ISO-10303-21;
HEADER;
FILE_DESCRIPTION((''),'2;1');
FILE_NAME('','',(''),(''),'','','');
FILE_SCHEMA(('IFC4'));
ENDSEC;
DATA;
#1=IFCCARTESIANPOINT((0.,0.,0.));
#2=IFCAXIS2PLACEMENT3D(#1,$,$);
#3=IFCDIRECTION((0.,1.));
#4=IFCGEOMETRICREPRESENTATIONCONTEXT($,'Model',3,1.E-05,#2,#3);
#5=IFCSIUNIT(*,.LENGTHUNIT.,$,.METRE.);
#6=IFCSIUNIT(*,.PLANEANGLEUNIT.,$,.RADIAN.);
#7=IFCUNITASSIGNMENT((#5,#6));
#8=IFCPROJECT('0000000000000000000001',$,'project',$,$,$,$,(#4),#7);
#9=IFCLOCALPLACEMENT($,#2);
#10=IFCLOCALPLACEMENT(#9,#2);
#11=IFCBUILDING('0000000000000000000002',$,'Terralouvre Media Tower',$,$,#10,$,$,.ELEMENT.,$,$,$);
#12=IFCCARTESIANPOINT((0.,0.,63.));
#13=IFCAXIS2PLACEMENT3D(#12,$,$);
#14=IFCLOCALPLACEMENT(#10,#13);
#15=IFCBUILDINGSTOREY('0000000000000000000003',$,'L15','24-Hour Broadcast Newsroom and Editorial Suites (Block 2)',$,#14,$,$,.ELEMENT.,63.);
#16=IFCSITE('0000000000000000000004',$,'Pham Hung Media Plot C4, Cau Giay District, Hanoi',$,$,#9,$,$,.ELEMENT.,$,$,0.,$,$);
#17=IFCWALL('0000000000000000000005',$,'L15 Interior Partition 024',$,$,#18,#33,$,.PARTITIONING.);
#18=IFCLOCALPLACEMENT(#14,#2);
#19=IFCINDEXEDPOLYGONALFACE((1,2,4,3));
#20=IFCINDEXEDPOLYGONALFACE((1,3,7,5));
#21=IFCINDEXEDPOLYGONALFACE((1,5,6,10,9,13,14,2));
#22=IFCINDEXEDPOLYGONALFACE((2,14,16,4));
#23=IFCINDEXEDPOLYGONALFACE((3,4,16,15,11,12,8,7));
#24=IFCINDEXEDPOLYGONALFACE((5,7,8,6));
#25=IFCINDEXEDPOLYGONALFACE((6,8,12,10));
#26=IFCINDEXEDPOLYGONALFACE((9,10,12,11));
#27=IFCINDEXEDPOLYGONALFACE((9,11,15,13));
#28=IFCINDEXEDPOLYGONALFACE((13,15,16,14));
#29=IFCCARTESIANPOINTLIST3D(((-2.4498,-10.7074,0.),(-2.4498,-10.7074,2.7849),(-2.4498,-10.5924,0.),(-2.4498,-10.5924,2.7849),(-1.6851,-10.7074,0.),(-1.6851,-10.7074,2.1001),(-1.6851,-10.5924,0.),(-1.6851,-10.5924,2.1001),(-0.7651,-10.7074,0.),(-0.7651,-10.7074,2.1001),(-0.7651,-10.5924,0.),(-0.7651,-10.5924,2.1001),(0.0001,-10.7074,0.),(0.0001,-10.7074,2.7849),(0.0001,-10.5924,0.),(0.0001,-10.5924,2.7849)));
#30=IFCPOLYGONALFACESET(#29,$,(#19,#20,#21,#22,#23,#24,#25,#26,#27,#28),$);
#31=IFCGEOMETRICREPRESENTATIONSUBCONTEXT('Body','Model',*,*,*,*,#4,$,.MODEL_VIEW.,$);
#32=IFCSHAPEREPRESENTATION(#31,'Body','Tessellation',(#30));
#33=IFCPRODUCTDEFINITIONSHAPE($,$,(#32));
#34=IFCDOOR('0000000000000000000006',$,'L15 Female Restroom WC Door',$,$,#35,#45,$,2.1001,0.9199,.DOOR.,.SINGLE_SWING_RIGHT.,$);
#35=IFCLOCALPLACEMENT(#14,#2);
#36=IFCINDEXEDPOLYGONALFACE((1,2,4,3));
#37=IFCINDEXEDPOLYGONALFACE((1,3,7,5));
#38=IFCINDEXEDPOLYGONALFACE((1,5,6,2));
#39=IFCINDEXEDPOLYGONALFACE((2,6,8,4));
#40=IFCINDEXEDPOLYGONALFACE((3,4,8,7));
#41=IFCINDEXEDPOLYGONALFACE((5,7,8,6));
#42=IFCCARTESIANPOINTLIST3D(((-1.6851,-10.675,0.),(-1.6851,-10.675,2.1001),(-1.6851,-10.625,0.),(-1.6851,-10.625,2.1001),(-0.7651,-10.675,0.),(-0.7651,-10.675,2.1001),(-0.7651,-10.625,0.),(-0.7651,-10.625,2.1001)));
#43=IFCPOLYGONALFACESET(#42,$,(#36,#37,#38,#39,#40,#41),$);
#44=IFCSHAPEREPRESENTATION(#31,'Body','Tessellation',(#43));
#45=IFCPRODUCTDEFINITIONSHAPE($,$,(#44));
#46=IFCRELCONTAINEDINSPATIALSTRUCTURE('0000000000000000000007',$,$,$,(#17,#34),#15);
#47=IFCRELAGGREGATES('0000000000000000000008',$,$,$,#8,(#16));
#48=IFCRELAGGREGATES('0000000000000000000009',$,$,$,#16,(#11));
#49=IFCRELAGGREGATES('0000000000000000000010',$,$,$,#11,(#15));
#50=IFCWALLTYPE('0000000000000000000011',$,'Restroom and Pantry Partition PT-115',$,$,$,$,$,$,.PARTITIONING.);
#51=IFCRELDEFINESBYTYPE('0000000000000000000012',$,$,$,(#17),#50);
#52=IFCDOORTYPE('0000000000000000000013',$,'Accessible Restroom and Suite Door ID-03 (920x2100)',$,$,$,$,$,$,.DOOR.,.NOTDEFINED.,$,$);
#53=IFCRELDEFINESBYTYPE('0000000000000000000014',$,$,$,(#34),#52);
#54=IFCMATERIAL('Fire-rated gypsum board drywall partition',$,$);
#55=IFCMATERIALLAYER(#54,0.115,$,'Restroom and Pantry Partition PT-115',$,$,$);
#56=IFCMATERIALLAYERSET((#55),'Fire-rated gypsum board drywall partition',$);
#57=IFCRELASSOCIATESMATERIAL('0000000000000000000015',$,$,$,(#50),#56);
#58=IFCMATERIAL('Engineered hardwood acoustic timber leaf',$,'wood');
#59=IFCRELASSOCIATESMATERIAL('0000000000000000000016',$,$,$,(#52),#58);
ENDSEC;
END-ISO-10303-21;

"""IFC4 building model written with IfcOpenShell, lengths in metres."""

from ifc_helpers import new_model, si_unit, direction, frame, frame_2d, origin, place, context, subcontext, project, spatial, rectangle, extrude, material, layer, layer_set, type_object, element, fill, save


model = new_model("IFC4")

# Units and contexts
model_context = context("Model", 3, precision=1e-05, world=origin(), true_north=direction((0.0, 1.0)))
body_context = subcontext(model_context, "Body", "Model", "MODEL_VIEW")
ifc_project = project(units=[si_unit("LENGTHUNIT", "METRE"), si_unit("PLANEANGLEUNIT", "RADIAN")], contexts=[model_context])

# Site, building, storey
site_placement = place(None, origin())
site = spatial("IfcSite", under=ifc_project, at=site_placement, Name="Pham Hung Media Plot C4, Cau Giay District, Hanoi", CompositionType="ELEMENT", RefElevation=0.0)
building_placement = place(site_placement, origin())
building = spatial("IfcBuilding", under=site, at=building_placement, Name="Terralouvre Media Tower", CompositionType="ELEMENT")
storey_placement = place(building_placement, frame((0.0, 0.0, 63.0)))
storey = spatial("IfcBuildingStorey", under=building, at=storey_placement, Name="L15", Description="24-Hour Broadcast Newsroom and Editorial Suites (Block 2)", CompositionType="ELEMENT", Elevation=63.0)

# Wall, opening, door
ifc_material_1 = material(Name="Fire-rated gypsum board drywall partition")
ifc_layer_1 = layer(ifc_material_1, 0.115, Name="Restroom and Pantry Partition PT-115")
ifc_layer_set_1 = layer_set([ifc_layer_1], Name="Fire-rated gypsum board drywall partition")
wall_type_1 = type_object("IfcWallType", Name="Restroom and Pantry Partition PT-115", PredefinedType="PARTITIONING", material=ifc_layer_set_1)
wall_1_placement = place(storey_placement, frame((-2.45, -10.6499, 0.0), z_axis=(0.0, 0.0, 1.0), x_axis=(1.0, 0.0, 0.0)))
wall_1 = element("IfcWall", 1, at=wall_1_placement, inside=storey, type_object=wall_type_1, Name="L15 Interior Partition 024", PredefinedType="PARTITIONING", context=body_context, shape_type="SweptSolid", body=[
    extrude(rectangle(XDim=2.45, YDim=0.115, at=frame_2d((1.2251, 0.0))), origin(), (0.0, 0.0, 1.0), 2.7849),
])
opening_1_placement = place(wall_1_placement, frame((0.7649, 0.0, 0.0)))
opening_1 = element("IfcOpeningElement", 2, at=opening_1_placement, cuts=wall_1, PredefinedType="OPENING", context=body_context, shape_type="SweptSolid", body=[
    extrude(rectangle(XDim=0.9199, YDim=2.1001, at=frame_2d((0.46, 1.05))), frame((0.0, 0.0674, 0.0), z_axis=(0.0, -1.0, 0.0), x_axis=(1.0, 0.0, 0.0)), (0.0, 0.0, 1.0), 0.135),
])
ifc_material_2 = material(Name="Engineered hardwood acoustic timber leaf", Category="wood")
door_type_1 = type_object("IfcDoorType", Name="Accessible Restroom and Suite Door ID-03 (920x2100)", OperationType="NOTDEFINED", PredefinedType="DOOR", material=ifc_material_2)
door_1_placement = place(opening_1_placement, origin())
door_1 = element("IfcDoor", 3, at=door_1_placement, inside=storey, type_object=door_type_1, Name="L15 Female Restroom WC Door", OperationType="SINGLE_SWING_RIGHT", OverallHeight=2.1001, OverallWidth=0.9199, PredefinedType="DOOR", context=body_context, shape_type="SweptSolid", body=[
    extrude(rectangle(XDim=0.9199, YDim=2.1001, at=frame_2d((0.46, 1.05))), frame((0.0, 0.0249, 0.0), z_axis=(0.0, -1.0, 0.0), x_axis=(1.0, 0.0, 0.0)), (0.0, 0.0, 1.0), 0.05),
])
fill(opening_1, door_1)

save(model, "model.ifc")
